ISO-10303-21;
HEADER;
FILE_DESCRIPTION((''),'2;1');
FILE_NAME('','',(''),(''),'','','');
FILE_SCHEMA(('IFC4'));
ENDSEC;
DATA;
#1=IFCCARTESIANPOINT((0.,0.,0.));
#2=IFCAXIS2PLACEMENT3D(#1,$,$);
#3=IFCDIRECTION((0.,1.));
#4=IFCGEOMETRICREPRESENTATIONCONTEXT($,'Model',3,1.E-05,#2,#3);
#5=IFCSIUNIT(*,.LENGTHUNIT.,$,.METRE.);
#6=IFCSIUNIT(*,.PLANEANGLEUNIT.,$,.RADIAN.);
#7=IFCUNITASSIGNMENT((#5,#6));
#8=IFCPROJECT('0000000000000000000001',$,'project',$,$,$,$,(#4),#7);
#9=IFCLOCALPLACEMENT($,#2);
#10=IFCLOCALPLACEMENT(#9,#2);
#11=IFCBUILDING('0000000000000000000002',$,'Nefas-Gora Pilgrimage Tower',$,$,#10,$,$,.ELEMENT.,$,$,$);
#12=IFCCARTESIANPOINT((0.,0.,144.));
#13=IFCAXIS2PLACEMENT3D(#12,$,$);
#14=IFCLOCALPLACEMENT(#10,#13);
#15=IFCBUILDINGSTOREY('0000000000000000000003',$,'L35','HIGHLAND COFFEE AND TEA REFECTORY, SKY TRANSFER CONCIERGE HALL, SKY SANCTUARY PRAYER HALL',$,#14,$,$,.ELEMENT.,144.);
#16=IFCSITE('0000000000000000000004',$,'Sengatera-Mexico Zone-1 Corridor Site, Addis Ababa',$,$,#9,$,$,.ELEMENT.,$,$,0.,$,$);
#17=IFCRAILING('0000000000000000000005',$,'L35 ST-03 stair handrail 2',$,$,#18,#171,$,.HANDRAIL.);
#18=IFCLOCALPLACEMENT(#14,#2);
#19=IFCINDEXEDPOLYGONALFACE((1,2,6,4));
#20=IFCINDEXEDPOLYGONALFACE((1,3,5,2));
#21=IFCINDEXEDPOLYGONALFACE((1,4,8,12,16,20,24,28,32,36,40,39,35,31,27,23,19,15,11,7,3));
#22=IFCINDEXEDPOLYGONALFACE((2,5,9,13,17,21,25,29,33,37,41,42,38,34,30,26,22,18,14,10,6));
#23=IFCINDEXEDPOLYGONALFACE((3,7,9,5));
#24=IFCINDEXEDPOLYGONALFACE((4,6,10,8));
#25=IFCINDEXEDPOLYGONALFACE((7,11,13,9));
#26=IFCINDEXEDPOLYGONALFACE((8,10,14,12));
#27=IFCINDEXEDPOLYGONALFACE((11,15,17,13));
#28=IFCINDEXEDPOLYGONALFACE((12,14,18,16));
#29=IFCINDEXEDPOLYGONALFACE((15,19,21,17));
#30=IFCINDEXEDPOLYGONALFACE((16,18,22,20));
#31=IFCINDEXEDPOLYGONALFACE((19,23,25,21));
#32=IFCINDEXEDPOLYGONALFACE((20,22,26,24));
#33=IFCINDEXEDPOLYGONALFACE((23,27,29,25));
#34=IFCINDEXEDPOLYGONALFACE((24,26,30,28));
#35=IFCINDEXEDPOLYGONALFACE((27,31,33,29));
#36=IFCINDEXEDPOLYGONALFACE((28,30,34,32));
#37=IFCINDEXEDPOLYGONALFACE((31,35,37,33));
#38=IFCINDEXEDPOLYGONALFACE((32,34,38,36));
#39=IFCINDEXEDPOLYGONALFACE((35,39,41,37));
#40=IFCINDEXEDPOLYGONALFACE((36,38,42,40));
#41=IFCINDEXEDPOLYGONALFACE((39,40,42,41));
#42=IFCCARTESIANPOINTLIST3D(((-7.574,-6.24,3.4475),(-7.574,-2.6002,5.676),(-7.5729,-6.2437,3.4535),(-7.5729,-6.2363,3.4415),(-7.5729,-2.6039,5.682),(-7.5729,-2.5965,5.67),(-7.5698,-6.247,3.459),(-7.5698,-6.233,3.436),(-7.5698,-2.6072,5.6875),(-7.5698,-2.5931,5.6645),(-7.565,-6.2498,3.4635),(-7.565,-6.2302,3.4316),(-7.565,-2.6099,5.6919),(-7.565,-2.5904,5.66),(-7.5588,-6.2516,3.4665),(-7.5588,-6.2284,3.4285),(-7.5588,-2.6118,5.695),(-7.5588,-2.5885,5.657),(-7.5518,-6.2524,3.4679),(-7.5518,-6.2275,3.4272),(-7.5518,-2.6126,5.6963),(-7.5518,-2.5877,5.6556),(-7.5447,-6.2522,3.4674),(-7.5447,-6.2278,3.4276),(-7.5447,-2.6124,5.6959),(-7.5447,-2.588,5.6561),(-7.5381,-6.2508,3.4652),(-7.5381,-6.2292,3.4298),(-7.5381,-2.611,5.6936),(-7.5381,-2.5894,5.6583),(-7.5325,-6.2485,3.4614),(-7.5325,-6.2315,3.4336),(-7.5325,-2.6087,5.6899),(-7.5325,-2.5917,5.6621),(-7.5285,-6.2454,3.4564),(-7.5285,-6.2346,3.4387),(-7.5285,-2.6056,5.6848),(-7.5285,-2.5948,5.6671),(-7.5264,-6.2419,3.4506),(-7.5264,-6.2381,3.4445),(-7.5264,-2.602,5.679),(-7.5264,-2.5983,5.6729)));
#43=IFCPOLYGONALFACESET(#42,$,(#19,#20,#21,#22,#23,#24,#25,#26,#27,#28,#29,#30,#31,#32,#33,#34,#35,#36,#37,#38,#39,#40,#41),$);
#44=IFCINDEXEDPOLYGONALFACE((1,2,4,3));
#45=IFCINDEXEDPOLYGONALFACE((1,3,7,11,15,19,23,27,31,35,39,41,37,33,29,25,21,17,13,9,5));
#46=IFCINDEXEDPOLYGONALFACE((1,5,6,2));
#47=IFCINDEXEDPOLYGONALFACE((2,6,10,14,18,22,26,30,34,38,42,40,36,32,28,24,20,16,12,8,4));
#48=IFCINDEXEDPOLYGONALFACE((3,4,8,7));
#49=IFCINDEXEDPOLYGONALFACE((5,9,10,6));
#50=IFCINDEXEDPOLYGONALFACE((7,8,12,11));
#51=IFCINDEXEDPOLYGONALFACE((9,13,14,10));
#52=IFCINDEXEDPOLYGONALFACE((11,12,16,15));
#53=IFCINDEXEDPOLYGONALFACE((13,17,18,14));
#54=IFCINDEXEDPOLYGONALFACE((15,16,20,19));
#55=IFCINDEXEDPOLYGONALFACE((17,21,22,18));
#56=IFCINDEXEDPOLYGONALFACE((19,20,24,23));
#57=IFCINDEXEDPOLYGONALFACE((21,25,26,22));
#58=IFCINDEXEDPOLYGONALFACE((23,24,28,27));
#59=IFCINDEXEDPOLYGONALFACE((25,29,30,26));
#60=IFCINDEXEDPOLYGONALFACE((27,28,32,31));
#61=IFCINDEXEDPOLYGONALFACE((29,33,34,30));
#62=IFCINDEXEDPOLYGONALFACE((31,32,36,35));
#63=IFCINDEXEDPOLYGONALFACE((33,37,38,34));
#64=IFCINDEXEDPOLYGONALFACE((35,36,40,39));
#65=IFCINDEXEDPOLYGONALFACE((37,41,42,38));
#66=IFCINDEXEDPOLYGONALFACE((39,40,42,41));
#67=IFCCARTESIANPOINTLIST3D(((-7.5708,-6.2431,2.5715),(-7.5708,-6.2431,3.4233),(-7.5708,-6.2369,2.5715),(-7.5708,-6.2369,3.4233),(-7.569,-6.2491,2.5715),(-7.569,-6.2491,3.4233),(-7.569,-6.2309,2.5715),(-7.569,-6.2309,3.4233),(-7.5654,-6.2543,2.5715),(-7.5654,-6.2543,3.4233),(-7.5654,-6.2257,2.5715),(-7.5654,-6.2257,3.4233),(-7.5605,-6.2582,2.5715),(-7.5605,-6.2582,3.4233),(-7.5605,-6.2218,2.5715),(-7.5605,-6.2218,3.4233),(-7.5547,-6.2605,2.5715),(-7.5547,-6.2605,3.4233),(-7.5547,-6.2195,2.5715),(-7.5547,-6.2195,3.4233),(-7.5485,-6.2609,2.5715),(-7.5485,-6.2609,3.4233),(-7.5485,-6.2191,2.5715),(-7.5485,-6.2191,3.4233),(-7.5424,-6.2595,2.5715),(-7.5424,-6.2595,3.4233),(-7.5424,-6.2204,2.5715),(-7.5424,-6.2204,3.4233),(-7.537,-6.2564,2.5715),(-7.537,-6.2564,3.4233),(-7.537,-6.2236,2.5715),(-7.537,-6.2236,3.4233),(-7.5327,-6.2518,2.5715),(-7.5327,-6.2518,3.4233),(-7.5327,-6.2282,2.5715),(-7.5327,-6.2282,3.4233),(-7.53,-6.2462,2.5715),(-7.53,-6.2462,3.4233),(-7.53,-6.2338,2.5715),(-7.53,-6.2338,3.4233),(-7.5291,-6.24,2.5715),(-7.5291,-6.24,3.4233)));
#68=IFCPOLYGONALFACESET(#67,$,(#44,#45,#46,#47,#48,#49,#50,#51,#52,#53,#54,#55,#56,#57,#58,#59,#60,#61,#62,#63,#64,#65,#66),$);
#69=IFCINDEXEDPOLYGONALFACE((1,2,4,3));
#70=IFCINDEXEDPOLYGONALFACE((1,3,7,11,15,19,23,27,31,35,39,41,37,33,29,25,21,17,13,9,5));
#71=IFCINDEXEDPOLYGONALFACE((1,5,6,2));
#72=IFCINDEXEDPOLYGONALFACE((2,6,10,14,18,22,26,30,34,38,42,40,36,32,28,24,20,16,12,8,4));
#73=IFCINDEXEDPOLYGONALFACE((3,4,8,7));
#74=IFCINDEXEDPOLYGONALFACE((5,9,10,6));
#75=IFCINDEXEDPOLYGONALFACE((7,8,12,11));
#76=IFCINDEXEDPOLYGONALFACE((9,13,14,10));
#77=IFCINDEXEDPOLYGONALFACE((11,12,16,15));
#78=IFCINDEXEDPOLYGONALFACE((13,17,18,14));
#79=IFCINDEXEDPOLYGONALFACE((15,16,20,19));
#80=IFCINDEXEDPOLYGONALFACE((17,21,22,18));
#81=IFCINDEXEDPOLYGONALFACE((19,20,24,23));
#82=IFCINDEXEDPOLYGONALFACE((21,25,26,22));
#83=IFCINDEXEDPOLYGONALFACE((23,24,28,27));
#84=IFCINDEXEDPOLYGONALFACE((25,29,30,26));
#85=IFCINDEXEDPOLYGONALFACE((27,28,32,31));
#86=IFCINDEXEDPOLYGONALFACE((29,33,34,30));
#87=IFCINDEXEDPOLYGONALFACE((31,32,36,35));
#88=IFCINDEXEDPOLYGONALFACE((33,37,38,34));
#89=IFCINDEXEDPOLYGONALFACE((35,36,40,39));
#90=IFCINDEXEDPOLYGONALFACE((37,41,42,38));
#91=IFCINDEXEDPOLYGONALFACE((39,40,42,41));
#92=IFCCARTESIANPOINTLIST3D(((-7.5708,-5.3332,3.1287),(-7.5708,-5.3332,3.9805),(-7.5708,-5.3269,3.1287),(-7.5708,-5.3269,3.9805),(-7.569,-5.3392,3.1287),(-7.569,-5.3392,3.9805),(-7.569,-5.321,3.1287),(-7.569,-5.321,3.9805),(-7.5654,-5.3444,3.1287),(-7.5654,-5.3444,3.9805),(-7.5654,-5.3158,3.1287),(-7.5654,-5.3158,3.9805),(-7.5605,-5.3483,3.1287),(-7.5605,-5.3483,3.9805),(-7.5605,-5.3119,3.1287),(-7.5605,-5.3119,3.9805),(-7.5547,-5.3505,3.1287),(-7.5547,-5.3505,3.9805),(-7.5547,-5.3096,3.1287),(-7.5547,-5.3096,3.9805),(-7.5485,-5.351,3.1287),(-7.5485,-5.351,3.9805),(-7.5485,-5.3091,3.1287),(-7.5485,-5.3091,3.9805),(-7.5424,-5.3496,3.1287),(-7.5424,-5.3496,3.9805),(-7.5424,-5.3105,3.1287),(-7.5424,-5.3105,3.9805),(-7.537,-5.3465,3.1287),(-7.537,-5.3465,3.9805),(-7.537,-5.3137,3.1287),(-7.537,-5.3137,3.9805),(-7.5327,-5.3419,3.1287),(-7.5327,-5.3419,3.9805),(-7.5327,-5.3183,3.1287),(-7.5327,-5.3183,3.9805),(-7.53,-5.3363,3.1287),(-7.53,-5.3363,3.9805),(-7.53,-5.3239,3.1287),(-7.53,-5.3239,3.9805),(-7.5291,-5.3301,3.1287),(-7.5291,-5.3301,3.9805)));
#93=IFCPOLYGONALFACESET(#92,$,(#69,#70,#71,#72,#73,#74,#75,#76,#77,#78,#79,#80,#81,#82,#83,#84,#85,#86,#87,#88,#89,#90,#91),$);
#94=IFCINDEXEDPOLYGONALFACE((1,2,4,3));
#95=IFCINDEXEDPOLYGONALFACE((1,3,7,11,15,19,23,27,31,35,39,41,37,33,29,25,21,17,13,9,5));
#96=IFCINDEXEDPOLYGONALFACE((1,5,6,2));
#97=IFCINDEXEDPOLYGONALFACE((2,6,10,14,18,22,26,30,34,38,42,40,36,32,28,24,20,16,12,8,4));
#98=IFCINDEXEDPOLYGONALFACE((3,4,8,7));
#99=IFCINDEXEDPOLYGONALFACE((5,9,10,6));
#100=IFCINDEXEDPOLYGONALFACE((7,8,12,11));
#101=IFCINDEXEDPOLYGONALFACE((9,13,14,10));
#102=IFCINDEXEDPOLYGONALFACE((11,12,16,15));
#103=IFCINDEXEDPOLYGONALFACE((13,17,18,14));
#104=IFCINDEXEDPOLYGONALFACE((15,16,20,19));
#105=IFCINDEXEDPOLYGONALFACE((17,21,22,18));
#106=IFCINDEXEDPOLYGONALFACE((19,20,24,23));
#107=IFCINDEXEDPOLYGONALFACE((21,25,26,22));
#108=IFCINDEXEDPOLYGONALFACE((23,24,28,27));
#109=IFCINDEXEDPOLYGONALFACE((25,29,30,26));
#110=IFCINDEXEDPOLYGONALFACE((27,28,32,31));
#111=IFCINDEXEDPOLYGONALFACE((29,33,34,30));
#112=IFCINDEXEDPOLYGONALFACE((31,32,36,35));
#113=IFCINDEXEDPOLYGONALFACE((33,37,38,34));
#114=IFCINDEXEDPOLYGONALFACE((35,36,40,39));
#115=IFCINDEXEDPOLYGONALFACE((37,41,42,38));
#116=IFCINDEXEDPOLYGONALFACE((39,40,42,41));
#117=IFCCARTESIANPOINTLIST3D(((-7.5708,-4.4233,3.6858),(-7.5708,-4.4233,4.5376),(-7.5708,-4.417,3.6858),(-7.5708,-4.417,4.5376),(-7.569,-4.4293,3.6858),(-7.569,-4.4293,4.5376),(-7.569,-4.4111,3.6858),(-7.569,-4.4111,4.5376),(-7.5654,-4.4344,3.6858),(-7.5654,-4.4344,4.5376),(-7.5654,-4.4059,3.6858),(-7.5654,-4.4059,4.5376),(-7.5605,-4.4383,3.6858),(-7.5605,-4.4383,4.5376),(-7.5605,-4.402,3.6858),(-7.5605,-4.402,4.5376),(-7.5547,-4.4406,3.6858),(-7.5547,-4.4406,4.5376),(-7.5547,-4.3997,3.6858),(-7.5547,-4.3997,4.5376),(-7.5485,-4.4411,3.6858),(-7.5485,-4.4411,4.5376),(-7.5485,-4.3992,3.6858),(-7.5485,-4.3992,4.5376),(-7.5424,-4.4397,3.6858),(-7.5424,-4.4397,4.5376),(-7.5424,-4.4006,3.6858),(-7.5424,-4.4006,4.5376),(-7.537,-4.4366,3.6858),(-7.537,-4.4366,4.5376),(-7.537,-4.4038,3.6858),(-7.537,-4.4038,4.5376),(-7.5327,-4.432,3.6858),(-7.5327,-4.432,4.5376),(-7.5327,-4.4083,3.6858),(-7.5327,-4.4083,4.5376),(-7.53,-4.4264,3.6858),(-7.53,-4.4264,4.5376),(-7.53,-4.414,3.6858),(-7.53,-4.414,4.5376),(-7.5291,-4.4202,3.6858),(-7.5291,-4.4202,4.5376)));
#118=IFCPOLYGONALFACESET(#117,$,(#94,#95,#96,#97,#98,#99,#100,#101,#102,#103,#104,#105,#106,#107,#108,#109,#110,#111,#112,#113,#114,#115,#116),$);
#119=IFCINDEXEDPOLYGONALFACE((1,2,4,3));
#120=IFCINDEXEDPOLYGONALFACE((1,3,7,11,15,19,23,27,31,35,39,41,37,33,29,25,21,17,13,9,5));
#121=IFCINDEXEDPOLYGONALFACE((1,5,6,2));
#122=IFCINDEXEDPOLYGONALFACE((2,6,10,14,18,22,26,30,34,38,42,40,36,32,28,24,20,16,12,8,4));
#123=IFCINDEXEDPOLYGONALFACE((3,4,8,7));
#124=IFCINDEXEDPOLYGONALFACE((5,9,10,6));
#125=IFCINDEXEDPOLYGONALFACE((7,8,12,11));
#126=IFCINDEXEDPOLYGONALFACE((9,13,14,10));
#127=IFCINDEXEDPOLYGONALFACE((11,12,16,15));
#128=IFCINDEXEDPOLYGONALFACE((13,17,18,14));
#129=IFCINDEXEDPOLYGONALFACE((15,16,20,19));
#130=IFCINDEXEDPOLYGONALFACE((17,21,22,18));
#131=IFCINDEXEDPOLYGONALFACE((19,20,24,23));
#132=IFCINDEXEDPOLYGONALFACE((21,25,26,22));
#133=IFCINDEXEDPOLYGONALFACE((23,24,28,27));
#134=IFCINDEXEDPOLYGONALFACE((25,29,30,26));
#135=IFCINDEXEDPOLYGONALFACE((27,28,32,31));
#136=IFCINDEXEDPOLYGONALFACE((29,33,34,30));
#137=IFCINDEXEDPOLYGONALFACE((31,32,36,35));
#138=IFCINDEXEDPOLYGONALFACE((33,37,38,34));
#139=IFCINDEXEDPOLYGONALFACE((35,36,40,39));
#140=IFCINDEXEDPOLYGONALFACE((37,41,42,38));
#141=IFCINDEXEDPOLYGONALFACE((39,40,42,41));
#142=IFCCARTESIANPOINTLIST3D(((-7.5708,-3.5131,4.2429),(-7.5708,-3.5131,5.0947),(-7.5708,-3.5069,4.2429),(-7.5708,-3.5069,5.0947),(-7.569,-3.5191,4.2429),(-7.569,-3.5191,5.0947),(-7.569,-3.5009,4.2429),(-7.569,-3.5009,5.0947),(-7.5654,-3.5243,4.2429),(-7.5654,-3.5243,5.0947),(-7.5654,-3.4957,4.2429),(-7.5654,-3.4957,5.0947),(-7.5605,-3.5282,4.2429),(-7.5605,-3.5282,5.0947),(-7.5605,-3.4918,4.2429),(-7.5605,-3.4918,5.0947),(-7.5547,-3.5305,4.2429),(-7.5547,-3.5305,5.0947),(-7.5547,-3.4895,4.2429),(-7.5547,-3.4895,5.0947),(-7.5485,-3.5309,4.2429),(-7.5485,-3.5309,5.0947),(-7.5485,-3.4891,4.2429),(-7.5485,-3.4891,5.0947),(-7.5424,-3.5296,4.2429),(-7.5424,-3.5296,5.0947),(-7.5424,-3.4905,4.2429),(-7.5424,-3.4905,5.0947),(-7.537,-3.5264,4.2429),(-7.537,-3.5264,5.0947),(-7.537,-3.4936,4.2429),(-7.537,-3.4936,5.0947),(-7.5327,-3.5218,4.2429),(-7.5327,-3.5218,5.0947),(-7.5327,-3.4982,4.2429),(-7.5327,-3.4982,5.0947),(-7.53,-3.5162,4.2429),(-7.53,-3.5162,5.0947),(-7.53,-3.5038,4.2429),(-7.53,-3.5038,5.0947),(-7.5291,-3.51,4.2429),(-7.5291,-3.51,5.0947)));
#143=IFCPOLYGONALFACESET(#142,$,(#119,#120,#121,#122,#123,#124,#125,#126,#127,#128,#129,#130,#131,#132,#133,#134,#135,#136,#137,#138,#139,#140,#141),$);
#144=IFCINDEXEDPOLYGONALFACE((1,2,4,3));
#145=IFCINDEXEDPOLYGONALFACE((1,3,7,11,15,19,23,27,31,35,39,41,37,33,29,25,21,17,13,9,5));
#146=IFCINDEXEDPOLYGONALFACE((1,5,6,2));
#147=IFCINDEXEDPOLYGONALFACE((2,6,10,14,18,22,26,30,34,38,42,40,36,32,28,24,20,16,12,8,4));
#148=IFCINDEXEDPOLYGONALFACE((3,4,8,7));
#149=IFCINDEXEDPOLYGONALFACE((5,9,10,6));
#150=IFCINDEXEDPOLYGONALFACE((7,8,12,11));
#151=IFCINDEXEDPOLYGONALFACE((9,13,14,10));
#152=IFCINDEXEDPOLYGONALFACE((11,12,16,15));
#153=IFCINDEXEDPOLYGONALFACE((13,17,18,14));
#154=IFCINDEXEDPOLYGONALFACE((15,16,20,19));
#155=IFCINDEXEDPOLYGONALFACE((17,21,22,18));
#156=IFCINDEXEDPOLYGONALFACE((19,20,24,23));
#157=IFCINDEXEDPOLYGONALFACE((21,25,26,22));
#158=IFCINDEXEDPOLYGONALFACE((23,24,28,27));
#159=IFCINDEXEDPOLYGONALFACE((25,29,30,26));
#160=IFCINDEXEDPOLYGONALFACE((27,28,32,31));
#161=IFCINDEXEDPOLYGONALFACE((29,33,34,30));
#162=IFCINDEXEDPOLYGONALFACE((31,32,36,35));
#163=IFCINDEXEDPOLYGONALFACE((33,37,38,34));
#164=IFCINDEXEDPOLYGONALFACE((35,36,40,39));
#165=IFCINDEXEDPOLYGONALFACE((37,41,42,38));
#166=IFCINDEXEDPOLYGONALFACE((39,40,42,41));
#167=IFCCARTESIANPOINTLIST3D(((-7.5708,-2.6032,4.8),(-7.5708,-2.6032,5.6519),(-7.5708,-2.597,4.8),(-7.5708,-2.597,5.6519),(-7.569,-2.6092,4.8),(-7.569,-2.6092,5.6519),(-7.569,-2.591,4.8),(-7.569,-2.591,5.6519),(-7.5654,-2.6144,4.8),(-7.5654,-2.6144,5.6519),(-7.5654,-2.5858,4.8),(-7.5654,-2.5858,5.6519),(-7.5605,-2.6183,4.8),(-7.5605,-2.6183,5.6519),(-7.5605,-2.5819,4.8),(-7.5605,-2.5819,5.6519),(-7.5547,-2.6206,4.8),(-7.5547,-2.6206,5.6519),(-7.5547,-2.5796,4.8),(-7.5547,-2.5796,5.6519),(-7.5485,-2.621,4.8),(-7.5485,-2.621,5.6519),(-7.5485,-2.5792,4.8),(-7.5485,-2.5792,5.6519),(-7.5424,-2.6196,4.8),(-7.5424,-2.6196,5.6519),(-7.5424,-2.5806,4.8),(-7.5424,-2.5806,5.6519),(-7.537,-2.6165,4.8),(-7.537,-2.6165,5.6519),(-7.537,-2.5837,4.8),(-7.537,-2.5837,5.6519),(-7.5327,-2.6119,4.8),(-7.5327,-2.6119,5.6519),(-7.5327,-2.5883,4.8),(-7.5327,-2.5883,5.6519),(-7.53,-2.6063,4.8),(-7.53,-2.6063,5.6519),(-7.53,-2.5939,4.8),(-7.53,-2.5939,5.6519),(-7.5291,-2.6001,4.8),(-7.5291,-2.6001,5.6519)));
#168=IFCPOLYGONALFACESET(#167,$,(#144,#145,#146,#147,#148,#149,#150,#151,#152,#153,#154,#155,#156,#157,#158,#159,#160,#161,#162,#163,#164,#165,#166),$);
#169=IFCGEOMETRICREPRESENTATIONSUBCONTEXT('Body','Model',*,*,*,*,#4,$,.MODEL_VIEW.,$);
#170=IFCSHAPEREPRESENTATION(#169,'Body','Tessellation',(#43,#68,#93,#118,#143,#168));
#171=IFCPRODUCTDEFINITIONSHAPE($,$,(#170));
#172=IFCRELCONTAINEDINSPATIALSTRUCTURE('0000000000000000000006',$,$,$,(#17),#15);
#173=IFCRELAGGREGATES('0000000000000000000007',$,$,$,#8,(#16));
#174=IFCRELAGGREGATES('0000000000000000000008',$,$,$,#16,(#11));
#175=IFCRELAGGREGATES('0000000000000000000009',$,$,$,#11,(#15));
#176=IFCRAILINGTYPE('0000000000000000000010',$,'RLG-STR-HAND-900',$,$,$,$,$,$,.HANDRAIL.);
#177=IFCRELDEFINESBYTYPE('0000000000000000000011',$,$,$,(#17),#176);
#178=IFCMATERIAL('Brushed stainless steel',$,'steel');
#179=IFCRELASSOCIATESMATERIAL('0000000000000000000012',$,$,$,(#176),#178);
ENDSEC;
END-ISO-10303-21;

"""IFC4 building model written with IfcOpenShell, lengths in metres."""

from ifc_helpers import new_model, si_unit, direction, frame, origin, origin_2d, place, context, subcontext, project, spatial, circle, extrude, material, type_object, element, save


model = new_model("IFC4")

# Units and contexts
model_context = context("Model", 3, precision=1e-05, world=origin(), true_north=direction((0.0, 1.0)))
body_context = subcontext(model_context, "Body", "Model", "MODEL_VIEW")
ifc_project = project(units=[si_unit("LENGTHUNIT", "METRE"), si_unit("PLANEANGLEUNIT", "RADIAN")], contexts=[model_context])

# Site, building, storey
site_placement = place(None, origin())
site = spatial("IfcSite", under=ifc_project, at=site_placement, Name="Sengatera-Mexico Zone-1 Corridor Site, Addis Ababa", CompositionType="ELEMENT", RefElevation=0.0)
building_placement = place(site_placement, origin())
building = spatial("IfcBuilding", under=site, at=building_placement, Name="Nefas-Gora Pilgrimage Tower", CompositionType="ELEMENT")
storey_placement = place(building_placement, frame((0.0, 0.0, 144.0)))
storey = spatial("IfcBuildingStorey", under=building, at=storey_placement, Name="L35", Description="HIGHLAND COFFEE AND TEA REFECTORY, SKY TRANSFER CONCIERGE HALL, SKY SANCTUARY PRAYER HALL", CompositionType="ELEMENT", Elevation=144.0)

# Railing
ifc_material_1 = material(Name="Brushed stainless steel", Category="steel")
railing_type_1 = type_object("IfcRailingType", Name="RLG-STR-HAND-900", PredefinedType="HANDRAIL", material=ifc_material_1)
railing_1_placement = place(storey_placement, frame((-7.55, -6.24, 2.5715)))
element("IfcRailing", 1, at=railing_1_placement, inside=storey, type_object=railing_type_1, Name="L35 ST-03 stair handrail 2", PredefinedType="HANDRAIL", context=body_context, shape_type="SweptSolid", body=[
    extrude(circle(Radius=0.0239, at=origin_2d()), frame((0.0, 0.0, 0.876), z_axis=(0.0, 0.85285, 0.522156), x_axis=(-1.0, 0.0, 0.0)), (0.0, 0.0, 1.0), 4.2678),
    extrude(circle(Radius=0.021, at=origin_2d()), origin(), (0.0, 0.0, 1.0), 0.8518),
    extrude(circle(Radius=0.021, at=origin_2d()), frame((0.0, 0.9099, 0.5571)), (0.0, 0.0, 1.0), 0.8518),
    extrude(circle(Radius=0.021, at=origin_2d()), frame((0.0, 1.8198, 1.1143)), (0.0, 0.0, 1.0), 0.8518),
    extrude(circle(Radius=0.021, at=origin_2d()), frame((0.0, 2.73, 1.6714)), (0.0, 0.0, 1.0), 0.8518),
    extrude(circle(Radius=0.021, at=origin_2d()), frame((0.0, 3.6399, 2.2285)), (0.0, 0.0, 1.0), 0.8518),
])

save(model, "model.ifc")
